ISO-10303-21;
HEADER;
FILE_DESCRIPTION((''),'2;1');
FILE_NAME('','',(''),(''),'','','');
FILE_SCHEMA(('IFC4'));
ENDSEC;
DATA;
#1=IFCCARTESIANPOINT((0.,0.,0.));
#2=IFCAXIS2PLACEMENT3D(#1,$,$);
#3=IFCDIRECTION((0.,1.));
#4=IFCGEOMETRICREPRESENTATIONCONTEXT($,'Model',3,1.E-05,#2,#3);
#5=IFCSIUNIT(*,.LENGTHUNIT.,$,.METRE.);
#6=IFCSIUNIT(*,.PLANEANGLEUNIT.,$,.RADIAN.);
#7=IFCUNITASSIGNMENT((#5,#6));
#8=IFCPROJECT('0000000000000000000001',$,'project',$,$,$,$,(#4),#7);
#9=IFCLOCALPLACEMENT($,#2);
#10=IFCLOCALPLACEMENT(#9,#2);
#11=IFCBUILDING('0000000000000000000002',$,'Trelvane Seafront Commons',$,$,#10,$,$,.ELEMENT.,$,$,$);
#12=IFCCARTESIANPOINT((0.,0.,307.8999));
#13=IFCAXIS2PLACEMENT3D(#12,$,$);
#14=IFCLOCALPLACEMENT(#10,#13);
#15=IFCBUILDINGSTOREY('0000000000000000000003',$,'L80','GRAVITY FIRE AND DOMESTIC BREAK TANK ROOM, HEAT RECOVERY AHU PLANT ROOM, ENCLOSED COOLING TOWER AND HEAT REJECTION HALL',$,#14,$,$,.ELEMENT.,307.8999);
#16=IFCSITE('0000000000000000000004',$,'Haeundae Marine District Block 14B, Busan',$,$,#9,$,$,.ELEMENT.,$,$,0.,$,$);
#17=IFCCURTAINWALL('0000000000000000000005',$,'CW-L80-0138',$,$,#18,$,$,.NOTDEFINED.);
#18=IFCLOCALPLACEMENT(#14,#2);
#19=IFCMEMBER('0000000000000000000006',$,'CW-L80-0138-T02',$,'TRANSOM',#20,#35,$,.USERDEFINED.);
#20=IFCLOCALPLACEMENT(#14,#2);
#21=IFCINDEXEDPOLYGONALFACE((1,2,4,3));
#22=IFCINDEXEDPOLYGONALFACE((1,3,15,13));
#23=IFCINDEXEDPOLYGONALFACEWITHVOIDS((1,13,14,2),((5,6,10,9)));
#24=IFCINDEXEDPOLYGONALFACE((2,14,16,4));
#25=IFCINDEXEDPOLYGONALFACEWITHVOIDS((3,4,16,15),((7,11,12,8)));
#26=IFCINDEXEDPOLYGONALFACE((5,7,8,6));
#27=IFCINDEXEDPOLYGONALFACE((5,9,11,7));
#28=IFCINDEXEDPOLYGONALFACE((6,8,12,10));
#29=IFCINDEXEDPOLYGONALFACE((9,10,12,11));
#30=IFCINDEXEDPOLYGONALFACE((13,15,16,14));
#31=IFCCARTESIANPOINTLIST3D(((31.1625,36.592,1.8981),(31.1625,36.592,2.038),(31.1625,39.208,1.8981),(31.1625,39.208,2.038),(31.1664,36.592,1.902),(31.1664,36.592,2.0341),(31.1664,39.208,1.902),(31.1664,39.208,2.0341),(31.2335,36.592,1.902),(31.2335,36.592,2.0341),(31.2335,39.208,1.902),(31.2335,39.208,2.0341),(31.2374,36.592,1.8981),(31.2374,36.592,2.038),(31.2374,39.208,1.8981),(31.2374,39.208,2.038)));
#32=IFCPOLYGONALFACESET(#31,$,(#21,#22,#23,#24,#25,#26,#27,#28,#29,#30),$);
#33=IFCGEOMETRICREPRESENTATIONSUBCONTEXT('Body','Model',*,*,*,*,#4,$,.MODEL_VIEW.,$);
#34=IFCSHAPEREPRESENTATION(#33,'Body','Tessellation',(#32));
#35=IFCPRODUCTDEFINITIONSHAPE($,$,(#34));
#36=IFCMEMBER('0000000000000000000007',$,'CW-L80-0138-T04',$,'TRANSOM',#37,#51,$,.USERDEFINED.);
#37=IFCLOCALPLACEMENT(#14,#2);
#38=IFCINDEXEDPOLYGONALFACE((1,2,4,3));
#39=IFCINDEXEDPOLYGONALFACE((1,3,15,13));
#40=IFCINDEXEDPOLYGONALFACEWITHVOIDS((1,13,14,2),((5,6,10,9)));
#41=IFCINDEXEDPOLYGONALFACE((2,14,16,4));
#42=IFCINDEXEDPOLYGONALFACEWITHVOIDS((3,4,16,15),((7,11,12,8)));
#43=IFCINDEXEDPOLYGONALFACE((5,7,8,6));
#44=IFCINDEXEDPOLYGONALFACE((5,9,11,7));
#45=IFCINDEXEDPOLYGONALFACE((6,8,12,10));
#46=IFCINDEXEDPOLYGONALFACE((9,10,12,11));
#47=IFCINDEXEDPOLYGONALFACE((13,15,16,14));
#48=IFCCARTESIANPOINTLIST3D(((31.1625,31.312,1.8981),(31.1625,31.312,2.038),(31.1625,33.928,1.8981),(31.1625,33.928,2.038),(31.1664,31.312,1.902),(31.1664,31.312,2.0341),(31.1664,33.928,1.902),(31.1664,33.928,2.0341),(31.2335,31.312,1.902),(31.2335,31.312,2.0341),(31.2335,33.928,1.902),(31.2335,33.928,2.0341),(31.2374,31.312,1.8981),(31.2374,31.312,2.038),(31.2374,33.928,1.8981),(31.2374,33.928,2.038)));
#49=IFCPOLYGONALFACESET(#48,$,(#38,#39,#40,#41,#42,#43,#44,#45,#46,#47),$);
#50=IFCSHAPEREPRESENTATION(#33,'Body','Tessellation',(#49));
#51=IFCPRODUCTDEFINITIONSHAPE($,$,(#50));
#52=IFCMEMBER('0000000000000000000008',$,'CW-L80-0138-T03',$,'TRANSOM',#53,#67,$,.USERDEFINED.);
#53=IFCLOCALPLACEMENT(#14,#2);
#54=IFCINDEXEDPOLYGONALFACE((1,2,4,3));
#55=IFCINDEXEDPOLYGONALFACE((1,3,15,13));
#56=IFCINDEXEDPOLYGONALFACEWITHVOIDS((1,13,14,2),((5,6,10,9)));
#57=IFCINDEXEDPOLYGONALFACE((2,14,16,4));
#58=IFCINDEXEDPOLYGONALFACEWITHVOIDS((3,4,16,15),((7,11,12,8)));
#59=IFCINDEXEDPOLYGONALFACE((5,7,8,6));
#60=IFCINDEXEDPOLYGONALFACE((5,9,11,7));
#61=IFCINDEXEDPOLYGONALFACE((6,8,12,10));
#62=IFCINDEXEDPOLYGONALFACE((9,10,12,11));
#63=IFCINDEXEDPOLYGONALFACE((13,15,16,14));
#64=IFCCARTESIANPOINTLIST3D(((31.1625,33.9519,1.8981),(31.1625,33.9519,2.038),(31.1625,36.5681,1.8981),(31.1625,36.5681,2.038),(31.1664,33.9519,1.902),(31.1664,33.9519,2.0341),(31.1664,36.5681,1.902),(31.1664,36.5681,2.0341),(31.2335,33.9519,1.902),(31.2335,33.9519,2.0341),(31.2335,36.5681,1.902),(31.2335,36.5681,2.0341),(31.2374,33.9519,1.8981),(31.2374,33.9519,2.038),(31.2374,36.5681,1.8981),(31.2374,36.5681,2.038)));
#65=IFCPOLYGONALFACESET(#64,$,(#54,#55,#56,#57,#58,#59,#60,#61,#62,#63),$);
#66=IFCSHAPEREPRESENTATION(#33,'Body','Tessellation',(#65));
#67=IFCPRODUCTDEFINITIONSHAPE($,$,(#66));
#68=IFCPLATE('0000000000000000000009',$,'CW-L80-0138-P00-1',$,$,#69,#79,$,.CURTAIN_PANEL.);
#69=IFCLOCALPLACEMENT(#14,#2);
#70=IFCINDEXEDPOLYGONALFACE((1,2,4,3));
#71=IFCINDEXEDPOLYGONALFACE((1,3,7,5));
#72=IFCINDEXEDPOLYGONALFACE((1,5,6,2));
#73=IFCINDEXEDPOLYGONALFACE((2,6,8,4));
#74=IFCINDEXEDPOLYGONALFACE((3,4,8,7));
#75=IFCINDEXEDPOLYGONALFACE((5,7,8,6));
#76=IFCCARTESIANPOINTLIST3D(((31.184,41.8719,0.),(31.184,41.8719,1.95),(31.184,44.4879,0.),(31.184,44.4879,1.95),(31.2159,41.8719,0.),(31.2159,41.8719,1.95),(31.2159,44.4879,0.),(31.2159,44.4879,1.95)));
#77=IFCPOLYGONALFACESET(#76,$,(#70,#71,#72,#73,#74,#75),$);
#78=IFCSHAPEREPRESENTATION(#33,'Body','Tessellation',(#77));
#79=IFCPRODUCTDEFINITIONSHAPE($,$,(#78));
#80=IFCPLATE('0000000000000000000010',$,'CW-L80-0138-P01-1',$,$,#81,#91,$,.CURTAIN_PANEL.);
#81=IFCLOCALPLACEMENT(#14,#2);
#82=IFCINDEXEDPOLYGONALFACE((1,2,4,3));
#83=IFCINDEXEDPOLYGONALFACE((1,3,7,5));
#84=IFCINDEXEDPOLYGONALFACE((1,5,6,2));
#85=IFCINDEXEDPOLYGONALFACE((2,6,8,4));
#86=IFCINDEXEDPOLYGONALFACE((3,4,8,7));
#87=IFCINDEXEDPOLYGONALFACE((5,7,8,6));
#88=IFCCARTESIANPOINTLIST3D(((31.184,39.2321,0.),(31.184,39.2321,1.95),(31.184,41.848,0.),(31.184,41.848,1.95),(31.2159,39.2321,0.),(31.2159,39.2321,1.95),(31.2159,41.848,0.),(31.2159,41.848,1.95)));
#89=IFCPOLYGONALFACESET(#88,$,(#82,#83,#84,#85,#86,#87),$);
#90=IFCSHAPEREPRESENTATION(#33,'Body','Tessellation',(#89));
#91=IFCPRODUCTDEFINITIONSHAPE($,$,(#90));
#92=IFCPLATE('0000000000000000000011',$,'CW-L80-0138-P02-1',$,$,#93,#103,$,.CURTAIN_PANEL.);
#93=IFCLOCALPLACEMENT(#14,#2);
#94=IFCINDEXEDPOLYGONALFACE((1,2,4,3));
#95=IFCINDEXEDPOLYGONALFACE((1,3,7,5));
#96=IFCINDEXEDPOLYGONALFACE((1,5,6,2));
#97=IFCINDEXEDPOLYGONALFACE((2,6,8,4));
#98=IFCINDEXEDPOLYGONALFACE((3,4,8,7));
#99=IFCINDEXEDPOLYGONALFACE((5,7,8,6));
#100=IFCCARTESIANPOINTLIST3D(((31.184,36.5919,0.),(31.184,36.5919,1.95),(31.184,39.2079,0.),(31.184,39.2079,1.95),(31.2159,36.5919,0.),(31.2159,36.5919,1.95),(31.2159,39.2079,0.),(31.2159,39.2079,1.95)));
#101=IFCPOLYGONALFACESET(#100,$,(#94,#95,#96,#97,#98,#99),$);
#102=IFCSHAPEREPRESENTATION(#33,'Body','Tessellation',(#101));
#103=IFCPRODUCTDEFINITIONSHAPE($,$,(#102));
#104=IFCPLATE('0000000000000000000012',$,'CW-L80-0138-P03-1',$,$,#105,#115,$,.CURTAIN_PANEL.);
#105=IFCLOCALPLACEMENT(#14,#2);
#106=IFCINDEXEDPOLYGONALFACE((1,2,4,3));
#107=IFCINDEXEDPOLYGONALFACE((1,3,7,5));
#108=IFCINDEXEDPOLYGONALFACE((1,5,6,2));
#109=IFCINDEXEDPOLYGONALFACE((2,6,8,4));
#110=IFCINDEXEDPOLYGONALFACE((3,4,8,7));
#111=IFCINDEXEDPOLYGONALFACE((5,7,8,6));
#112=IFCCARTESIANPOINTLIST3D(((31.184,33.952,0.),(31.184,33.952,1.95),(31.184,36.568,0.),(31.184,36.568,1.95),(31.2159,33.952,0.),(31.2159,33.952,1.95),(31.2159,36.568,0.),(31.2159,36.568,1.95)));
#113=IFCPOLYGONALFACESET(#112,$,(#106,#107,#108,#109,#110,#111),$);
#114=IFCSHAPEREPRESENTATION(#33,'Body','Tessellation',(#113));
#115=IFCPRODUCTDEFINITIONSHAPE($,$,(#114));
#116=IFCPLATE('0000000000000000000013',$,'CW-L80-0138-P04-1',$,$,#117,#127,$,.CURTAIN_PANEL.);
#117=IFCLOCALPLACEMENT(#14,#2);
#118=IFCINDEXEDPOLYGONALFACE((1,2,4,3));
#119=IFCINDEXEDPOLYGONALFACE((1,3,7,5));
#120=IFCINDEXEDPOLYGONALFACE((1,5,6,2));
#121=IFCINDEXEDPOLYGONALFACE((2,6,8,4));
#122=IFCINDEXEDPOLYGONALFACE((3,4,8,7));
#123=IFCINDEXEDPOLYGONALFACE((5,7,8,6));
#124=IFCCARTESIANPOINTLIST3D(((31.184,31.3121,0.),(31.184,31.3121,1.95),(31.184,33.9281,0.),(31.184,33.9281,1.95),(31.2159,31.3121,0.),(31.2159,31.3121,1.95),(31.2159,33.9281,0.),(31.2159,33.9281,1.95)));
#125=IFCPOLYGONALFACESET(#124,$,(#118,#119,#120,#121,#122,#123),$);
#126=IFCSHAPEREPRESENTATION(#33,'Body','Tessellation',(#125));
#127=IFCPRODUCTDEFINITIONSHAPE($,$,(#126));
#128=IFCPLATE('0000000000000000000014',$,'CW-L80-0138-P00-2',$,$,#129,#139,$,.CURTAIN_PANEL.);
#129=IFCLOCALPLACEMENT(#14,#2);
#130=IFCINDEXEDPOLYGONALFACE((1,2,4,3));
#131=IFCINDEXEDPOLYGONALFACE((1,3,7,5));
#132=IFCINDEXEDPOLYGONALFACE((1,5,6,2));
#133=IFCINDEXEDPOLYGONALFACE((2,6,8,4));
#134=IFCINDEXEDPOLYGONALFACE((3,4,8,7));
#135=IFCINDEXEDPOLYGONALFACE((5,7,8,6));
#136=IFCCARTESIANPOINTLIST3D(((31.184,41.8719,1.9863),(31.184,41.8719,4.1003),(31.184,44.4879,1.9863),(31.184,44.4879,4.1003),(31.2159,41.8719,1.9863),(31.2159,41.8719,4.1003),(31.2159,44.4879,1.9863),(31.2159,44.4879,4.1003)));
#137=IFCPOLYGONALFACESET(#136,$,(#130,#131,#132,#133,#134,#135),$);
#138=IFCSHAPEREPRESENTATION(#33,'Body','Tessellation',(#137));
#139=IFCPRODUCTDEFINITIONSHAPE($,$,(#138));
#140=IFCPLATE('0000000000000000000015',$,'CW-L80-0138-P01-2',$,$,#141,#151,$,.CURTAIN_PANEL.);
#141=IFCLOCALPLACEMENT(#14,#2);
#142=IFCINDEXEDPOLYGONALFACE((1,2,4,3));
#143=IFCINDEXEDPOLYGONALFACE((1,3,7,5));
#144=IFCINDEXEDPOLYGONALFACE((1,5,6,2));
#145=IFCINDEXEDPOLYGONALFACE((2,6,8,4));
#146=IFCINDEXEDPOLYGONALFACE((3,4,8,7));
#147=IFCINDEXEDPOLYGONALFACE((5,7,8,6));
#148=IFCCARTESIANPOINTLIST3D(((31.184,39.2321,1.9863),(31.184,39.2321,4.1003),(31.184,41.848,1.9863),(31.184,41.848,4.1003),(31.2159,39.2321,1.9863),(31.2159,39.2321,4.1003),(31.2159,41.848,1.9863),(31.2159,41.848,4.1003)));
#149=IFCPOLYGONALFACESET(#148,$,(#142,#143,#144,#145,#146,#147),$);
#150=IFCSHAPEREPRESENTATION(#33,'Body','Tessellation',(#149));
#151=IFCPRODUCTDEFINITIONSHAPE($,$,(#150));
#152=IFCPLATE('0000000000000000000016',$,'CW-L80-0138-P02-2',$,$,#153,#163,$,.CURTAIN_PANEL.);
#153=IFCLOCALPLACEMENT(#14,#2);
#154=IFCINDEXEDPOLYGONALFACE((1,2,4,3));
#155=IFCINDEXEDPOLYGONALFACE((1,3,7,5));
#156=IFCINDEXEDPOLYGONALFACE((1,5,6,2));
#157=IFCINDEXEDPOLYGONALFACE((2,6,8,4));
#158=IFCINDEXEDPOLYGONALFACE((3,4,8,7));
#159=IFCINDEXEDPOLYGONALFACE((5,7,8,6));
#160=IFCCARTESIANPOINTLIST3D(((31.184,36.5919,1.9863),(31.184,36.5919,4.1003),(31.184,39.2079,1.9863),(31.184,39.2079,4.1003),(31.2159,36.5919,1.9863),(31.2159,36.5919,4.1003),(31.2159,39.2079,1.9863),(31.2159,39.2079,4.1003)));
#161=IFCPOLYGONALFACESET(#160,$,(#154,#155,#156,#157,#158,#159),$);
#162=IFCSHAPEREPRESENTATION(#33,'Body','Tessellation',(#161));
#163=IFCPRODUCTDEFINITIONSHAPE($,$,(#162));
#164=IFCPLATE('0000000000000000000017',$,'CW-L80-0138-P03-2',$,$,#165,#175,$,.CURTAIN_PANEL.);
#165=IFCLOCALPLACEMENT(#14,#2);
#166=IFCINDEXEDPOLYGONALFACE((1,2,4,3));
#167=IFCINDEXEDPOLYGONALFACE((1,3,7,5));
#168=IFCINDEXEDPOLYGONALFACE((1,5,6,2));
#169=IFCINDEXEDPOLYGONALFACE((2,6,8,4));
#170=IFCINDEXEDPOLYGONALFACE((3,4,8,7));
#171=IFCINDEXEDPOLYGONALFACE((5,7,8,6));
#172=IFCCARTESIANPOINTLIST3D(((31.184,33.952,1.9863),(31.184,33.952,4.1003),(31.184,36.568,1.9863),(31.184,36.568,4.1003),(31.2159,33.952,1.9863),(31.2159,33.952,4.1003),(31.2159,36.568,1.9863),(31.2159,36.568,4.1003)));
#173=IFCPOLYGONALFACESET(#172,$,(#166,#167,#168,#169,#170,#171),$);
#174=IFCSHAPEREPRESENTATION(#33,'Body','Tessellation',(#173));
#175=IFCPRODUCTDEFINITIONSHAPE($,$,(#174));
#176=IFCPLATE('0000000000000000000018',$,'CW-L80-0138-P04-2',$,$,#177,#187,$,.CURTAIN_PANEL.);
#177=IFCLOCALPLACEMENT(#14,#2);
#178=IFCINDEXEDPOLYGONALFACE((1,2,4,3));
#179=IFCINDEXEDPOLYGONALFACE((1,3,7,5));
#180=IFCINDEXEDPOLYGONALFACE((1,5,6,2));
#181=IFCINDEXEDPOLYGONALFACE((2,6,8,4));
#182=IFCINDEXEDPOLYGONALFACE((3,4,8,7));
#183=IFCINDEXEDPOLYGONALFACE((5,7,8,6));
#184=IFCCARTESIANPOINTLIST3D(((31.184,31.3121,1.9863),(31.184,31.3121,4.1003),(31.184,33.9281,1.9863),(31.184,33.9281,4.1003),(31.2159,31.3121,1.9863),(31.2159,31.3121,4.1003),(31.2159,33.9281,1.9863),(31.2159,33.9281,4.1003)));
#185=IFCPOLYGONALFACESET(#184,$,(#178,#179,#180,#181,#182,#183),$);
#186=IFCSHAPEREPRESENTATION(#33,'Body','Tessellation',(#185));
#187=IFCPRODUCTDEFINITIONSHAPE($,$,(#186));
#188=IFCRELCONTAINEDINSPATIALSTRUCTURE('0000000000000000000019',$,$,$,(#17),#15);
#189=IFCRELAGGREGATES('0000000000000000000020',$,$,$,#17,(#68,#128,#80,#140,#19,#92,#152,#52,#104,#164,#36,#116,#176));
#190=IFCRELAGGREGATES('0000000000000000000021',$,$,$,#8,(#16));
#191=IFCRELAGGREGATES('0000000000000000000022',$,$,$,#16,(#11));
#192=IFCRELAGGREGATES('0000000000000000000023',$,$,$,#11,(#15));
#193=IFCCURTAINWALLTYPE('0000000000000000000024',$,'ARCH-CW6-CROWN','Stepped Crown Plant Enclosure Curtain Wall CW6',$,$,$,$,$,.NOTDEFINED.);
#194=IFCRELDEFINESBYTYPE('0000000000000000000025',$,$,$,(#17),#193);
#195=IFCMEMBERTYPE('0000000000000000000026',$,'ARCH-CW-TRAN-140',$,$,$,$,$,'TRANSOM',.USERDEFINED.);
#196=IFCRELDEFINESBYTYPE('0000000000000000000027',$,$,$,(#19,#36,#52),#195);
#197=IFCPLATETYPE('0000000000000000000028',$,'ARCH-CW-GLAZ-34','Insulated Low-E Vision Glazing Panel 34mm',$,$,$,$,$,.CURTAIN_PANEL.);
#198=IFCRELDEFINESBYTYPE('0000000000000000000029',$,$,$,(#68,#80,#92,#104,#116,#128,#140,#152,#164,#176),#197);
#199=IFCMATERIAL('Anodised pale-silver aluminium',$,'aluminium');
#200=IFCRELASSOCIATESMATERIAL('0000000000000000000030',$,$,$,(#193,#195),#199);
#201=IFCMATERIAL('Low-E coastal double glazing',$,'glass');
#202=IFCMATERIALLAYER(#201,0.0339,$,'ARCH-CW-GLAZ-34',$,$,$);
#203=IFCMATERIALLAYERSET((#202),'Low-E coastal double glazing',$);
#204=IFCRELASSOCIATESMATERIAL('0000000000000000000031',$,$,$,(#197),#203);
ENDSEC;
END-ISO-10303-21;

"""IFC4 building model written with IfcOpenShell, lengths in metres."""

from ifc_helpers import new_model, si_unit, direction, frame, origin, origin_2d, place, context, subcontext, project, spatial, rectangle, hollow_rectangle, extrude, source, transform, mapped, material, layer, layer_set, material_profile, profile_set, type_object, element, aggregate, save


model = new_model("IFC4")

# Units and contexts
model_context = context("Model", 3, precision=1e-05, world=origin(), true_north=direction((0.0, 1.0)))
body_context = subcontext(model_context, "Body", "Model", "MODEL_VIEW")
ifc_project = project(units=[si_unit("LENGTHUNIT", "METRE"), si_unit("PLANEANGLEUNIT", "RADIAN")], contexts=[model_context])

# Site, building, storey
site_placement = place(None, origin())
site = spatial("IfcSite", under=ifc_project, at=site_placement, Name="Haeundae Marine District Block 14B, Busan", CompositionType="ELEMENT", RefElevation=0.0)
building_placement = place(site_placement, origin())
building = spatial("IfcBuilding", under=site, at=building_placement, Name="Trelvane Seafront Commons", CompositionType="ELEMENT")
storey_placement = place(building_placement, frame((0.0, 0.0, 307.8999)))
storey = spatial("IfcBuildingStorey", under=building, at=storey_placement, Name="L80", Description="GRAVITY FIRE AND DOMESTIC BREAK TANK ROOM, HEAT RECOVERY AHU PLANT ROOM, ENCLOSED COOLING TOWER AND HEAT REJECTION HALL", CompositionType="ELEMENT", Elevation=307.8999)

# Curtain wall, members, plates
ifc_material_1 = material(Name="Anodised pale-silver aluminium", Category="aluminium")
curtain_wall_type = type_object("IfcCurtainWallType", Name="ARCH-CW6-CROWN", Description="Stepped Crown Plant Enclosure Curtain Wall CW6", PredefinedType="NOTDEFINED", material=ifc_material_1)
curtain_wall_placement = place(storey_placement, origin())
curtain_wall = element("IfcCurtainWall", 1, at=curtain_wall_placement, inside=storey, type_object=curtain_wall_type, Name="CW-L80-0138", PredefinedType="NOTDEFINED")
ifc_material_profile_1 = material_profile(ifc_material_1, hollow_rectangle(XDim=0.075, YDim=0.1399, WallThickness=0.0039, at=origin_2d()), Name="TRAN-75x140x4")
ifc_profile_set_1 = profile_set([ifc_material_profile_1], Name="Anodised pale-silver aluminium")
member_type_1 = type_object("IfcMemberType", Name="ARCH-CW-TRAN-140", ElementType="TRANSOM", PredefinedType="USERDEFINED", material=ifc_profile_set_1)
shared_shape_1 = source(origin(), body_context, "Body", "SweptSolid", [
    extrude(hollow_rectangle(XDim=0.075, YDim=0.1399, WallThickness=0.0039, at=origin_2d()), origin(), (0.0, 0.0, 1.0), 2.616),
])
member_1_placement = place(storey_placement, frame((31.2, 39.208, 1.968), z_axis=(0.0, -1.0, 0.0), x_axis=(1.0, 0.0, 0.0)))
member_1 = element("IfcMember", 2, at=member_1_placement, type_object=member_type_1, Name="CW-L80-0138-T02", ObjectType="TRANSOM", PredefinedType="USERDEFINED", context=body_context, shape_type="MappedRepresentation", body=[
    mapped(shared_shape_1, transform((0.0, 0.0, 0.0), x_axis=(1.0, 0.0, 0.0), y_axis=(0.0, 1.0, 0.0), z_axis=(0.0, 0.0, 1.0), scale=1.0)),
])
member_2_placement = place(storey_placement, frame((31.2, 33.928, 1.968), z_axis=(0.0, -1.0, 0.0), x_axis=(1.0, 0.0, 0.0)))
member_2 = element("IfcMember", 3, at=member_2_placement, type_object=member_type_1, Name="CW-L80-0138-T04", ObjectType="TRANSOM", PredefinedType="USERDEFINED", context=body_context, shape_type="MappedRepresentation", body=[
    mapped(shared_shape_1, transform((0.0, 0.0, 0.0), x_axis=(1.0, 0.0, 0.0), y_axis=(0.0, 1.0, 0.0), z_axis=(0.0, 0.0, 1.0), scale=1.0)),
])
shared_shape_2 = source(origin(), body_context, "Body", "SweptSolid", [
    extrude(hollow_rectangle(XDim=0.075, YDim=0.1399, WallThickness=0.0039, at=origin_2d()), origin(), (0.0, 0.0, 1.0), 2.6162),
])
member_3_placement = place(storey_placement, frame((31.2, 36.5681, 1.968), z_axis=(0.0, -1.0, 0.0), x_axis=(1.0, 0.0, 0.0)))
member_3 = element("IfcMember", 4, at=member_3_placement, type_object=member_type_1, Name="CW-L80-0138-T03", ObjectType="TRANSOM", PredefinedType="USERDEFINED", context=body_context, shape_type="MappedRepresentation", body=[
    mapped(shared_shape_2, transform((0.0, 0.0, 0.0), x_axis=(1.0, 0.0, 0.0), y_axis=(0.0, 1.0, 0.0), z_axis=(0.0, 0.0, 1.0), scale=1.0)),
])
ifc_material_2 = material(Name="Low-E coastal double glazing", Category="glass")
ifc_layer_1 = layer(ifc_material_2, 0.0339, Name="ARCH-CW-GLAZ-34")
ifc_layer_set_1 = layer_set([ifc_layer_1], Name="Low-E coastal double glazing")
plate_type_1 = type_object("IfcPlateType", Name="ARCH-CW-GLAZ-34", Description="Insulated Low-E Vision Glazing Panel 34mm", PredefinedType="CURTAIN_PANEL", material=ifc_layer_set_1)
shared_shape_3 = source(origin(), body_context, "Body", "SweptSolid", [
    extrude(rectangle(XDim=2.616, YDim=0.032, at=origin_2d()), origin(), (0.0, 0.0, 1.0), 1.95),
])
plate_1_placement = place(storey_placement, frame((31.2, 43.1799, 0.0), z_axis=(0.0, 0.0, 1.0), x_axis=(0.0, -1.0, 0.0)))
plate_1 = element("IfcPlate", 5, at=plate_1_placement, type_object=plate_type_1, Name="CW-L80-0138-P00-1", PredefinedType="CURTAIN_PANEL", context=body_context, shape_type="MappedRepresentation", body=[
    mapped(shared_shape_3, transform((0.0, 0.0, 0.0), x_axis=(1.0, 0.0, 0.0), y_axis=(0.0, 1.0, 0.0), z_axis=(0.0, 0.0, 1.0), scale=1.0)),
])
plate_2_placement = place(storey_placement, frame((31.2, 40.54, 0.0), z_axis=(0.0, 0.0, 1.0), x_axis=(0.0, -1.0, 0.0)))
plate_2 = element("IfcPlate", 6, at=plate_2_placement, type_object=plate_type_1, Name="CW-L80-0138-P01-1", PredefinedType="CURTAIN_PANEL", context=body_context, shape_type="MappedRepresentation", body=[
    mapped(shared_shape_3, transform((0.0, 0.0, 0.0), x_axis=(1.0, 0.0, 0.0), y_axis=(0.0, 1.0, 0.0), z_axis=(0.0, 0.0, 1.0), scale=1.0)),
])
plate_3_placement = place(storey_placement, frame((31.2, 37.8999, 0.0), z_axis=(0.0, 0.0, 1.0), x_axis=(0.0, -1.0, 0.0)))
plate_3 = element("IfcPlate", 7, at=plate_3_placement, type_object=plate_type_1, Name="CW-L80-0138-P02-1", PredefinedType="CURTAIN_PANEL", context=body_context, shape_type="MappedRepresentation", body=[
    mapped(shared_shape_3, transform((0.0, 0.0, 0.0), x_axis=(1.0, 0.0, 0.0), y_axis=(0.0, 1.0, 0.0), z_axis=(0.0, 0.0, 1.0), scale=1.0)),
])
plate_4_placement = place(storey_placement, frame((31.2, 35.26, 0.0), z_axis=(0.0, 0.0, 1.0), x_axis=(0.0, -1.0, 0.0)))
plate_4 = element("IfcPlate", 8, at=plate_4_placement, type_object=plate_type_1, Name="CW-L80-0138-P03-1", PredefinedType="CURTAIN_PANEL", context=body_context, shape_type="MappedRepresentation", body=[
    mapped(shared_shape_3, transform((0.0, 0.0, 0.0), x_axis=(1.0, 0.0, 0.0), y_axis=(0.0, 1.0, 0.0), z_axis=(0.0, 0.0, 1.0), scale=1.0)),
])
plate_5_placement = place(storey_placement, frame((31.2, 32.6201, 0.0), z_axis=(0.0, 0.0, 1.0), x_axis=(0.0, -1.0, 0.0)))
plate_5 = element("IfcPlate", 9, at=plate_5_placement, type_object=plate_type_1, Name="CW-L80-0138-P04-1", PredefinedType="CURTAIN_PANEL", context=body_context, shape_type="MappedRepresentation", body=[
    mapped(shared_shape_3, transform((0.0, 0.0, 0.0), x_axis=(1.0, 0.0, 0.0), y_axis=(0.0, 1.0, 0.0), z_axis=(0.0, 0.0, 1.0), scale=1.0)),
])
shared_shape_4 = source(origin(), body_context, "Body", "SweptSolid", [
    extrude(rectangle(XDim=2.616, YDim=0.032, at=origin_2d()), origin(), (0.0, 0.0, 1.0), 2.114),
])
plate_6_placement = place(storey_placement, frame((31.2, 43.1799, 1.9863), z_axis=(0.0, 0.0, 1.0), x_axis=(0.0, -1.0, 0.0)))
plate_6 = element("IfcPlate", 10, at=plate_6_placement, type_object=plate_type_1, Name="CW-L80-0138-P00-2", PredefinedType="CURTAIN_PANEL", context=body_context, shape_type="MappedRepresentation", body=[
    mapped(shared_shape_4, transform((0.0, 0.0, 0.0), x_axis=(1.0, 0.0, 0.0), y_axis=(0.0, 1.0, 0.0), z_axis=(0.0, 0.0, 1.0), scale=1.0)),
])
plate_7_placement = place(storey_placement, frame((31.2, 40.54, 1.9863), z_axis=(0.0, 0.0, 1.0), x_axis=(0.0, -1.0, 0.0)))
plate_7 = element("IfcPlate", 11, at=plate_7_placement, type_object=plate_type_1, Name="CW-L80-0138-P01-2", PredefinedType="CURTAIN_PANEL", context=body_context, shape_type="MappedRepresentation", body=[
    mapped(shared_shape_4, transform((0.0, 0.0, 0.0), x_axis=(1.0, 0.0, 0.0), y_axis=(0.0, 1.0, 0.0), z_axis=(0.0, 0.0, 1.0), scale=1.0)),
])
plate_8_placement = place(storey_placement, frame((31.2, 37.8999, 1.9863), z_axis=(0.0, 0.0, 1.0), x_axis=(0.0, -1.0, 0.0)))
plate_8 = element("IfcPlate", 12, at=plate_8_placement, type_object=plate_type_1, Name="CW-L80-0138-P02-2", PredefinedType="CURTAIN_PANEL", context=body_context, shape_type="MappedRepresentation", body=[
    mapped(shared_shape_4, transform((0.0, 0.0, 0.0), x_axis=(1.0, 0.0, 0.0), y_axis=(0.0, 1.0, 0.0), z_axis=(0.0, 0.0, 1.0), scale=1.0)),
])
plate_9_placement = place(storey_placement, frame((31.2, 35.26, 1.9863), z_axis=(0.0, 0.0, 1.0), x_axis=(0.0, -1.0, 0.0)))
plate_9 = element("IfcPlate", 13, at=plate_9_placement, type_object=plate_type_1, Name="CW-L80-0138-P03-2", PredefinedType="CURTAIN_PANEL", context=body_context, shape_type="MappedRepresentation", body=[
    mapped(shared_shape_4, transform((0.0, 0.0, 0.0), x_axis=(1.0, 0.0, 0.0), y_axis=(0.0, 1.0, 0.0), z_axis=(0.0, 0.0, 1.0), scale=1.0)),
])
plate_10_placement = place(storey_placement, frame((31.2, 32.6201, 1.9863), z_axis=(0.0, 0.0, 1.0), x_axis=(0.0, -1.0, 0.0)))
plate_10 = element("IfcPlate", 14, at=plate_10_placement, type_object=plate_type_1, Name="CW-L80-0138-P04-2", PredefinedType="CURTAIN_PANEL", context=body_context, shape_type="MappedRepresentation", body=[
    mapped(shared_shape_4, transform((0.0, 0.0, 0.0), x_axis=(1.0, 0.0, 0.0), y_axis=(0.0, 1.0, 0.0), z_axis=(0.0, 0.0, 1.0), scale=1.0)),
])
aggregate(curtain_wall, [plate_1, plate_6, plate_2, plate_7, member_1, plate_3, plate_8, member_3, plate_4, plate_9, member_2, plate_5, plate_10])

save(model, "model.ifc")
